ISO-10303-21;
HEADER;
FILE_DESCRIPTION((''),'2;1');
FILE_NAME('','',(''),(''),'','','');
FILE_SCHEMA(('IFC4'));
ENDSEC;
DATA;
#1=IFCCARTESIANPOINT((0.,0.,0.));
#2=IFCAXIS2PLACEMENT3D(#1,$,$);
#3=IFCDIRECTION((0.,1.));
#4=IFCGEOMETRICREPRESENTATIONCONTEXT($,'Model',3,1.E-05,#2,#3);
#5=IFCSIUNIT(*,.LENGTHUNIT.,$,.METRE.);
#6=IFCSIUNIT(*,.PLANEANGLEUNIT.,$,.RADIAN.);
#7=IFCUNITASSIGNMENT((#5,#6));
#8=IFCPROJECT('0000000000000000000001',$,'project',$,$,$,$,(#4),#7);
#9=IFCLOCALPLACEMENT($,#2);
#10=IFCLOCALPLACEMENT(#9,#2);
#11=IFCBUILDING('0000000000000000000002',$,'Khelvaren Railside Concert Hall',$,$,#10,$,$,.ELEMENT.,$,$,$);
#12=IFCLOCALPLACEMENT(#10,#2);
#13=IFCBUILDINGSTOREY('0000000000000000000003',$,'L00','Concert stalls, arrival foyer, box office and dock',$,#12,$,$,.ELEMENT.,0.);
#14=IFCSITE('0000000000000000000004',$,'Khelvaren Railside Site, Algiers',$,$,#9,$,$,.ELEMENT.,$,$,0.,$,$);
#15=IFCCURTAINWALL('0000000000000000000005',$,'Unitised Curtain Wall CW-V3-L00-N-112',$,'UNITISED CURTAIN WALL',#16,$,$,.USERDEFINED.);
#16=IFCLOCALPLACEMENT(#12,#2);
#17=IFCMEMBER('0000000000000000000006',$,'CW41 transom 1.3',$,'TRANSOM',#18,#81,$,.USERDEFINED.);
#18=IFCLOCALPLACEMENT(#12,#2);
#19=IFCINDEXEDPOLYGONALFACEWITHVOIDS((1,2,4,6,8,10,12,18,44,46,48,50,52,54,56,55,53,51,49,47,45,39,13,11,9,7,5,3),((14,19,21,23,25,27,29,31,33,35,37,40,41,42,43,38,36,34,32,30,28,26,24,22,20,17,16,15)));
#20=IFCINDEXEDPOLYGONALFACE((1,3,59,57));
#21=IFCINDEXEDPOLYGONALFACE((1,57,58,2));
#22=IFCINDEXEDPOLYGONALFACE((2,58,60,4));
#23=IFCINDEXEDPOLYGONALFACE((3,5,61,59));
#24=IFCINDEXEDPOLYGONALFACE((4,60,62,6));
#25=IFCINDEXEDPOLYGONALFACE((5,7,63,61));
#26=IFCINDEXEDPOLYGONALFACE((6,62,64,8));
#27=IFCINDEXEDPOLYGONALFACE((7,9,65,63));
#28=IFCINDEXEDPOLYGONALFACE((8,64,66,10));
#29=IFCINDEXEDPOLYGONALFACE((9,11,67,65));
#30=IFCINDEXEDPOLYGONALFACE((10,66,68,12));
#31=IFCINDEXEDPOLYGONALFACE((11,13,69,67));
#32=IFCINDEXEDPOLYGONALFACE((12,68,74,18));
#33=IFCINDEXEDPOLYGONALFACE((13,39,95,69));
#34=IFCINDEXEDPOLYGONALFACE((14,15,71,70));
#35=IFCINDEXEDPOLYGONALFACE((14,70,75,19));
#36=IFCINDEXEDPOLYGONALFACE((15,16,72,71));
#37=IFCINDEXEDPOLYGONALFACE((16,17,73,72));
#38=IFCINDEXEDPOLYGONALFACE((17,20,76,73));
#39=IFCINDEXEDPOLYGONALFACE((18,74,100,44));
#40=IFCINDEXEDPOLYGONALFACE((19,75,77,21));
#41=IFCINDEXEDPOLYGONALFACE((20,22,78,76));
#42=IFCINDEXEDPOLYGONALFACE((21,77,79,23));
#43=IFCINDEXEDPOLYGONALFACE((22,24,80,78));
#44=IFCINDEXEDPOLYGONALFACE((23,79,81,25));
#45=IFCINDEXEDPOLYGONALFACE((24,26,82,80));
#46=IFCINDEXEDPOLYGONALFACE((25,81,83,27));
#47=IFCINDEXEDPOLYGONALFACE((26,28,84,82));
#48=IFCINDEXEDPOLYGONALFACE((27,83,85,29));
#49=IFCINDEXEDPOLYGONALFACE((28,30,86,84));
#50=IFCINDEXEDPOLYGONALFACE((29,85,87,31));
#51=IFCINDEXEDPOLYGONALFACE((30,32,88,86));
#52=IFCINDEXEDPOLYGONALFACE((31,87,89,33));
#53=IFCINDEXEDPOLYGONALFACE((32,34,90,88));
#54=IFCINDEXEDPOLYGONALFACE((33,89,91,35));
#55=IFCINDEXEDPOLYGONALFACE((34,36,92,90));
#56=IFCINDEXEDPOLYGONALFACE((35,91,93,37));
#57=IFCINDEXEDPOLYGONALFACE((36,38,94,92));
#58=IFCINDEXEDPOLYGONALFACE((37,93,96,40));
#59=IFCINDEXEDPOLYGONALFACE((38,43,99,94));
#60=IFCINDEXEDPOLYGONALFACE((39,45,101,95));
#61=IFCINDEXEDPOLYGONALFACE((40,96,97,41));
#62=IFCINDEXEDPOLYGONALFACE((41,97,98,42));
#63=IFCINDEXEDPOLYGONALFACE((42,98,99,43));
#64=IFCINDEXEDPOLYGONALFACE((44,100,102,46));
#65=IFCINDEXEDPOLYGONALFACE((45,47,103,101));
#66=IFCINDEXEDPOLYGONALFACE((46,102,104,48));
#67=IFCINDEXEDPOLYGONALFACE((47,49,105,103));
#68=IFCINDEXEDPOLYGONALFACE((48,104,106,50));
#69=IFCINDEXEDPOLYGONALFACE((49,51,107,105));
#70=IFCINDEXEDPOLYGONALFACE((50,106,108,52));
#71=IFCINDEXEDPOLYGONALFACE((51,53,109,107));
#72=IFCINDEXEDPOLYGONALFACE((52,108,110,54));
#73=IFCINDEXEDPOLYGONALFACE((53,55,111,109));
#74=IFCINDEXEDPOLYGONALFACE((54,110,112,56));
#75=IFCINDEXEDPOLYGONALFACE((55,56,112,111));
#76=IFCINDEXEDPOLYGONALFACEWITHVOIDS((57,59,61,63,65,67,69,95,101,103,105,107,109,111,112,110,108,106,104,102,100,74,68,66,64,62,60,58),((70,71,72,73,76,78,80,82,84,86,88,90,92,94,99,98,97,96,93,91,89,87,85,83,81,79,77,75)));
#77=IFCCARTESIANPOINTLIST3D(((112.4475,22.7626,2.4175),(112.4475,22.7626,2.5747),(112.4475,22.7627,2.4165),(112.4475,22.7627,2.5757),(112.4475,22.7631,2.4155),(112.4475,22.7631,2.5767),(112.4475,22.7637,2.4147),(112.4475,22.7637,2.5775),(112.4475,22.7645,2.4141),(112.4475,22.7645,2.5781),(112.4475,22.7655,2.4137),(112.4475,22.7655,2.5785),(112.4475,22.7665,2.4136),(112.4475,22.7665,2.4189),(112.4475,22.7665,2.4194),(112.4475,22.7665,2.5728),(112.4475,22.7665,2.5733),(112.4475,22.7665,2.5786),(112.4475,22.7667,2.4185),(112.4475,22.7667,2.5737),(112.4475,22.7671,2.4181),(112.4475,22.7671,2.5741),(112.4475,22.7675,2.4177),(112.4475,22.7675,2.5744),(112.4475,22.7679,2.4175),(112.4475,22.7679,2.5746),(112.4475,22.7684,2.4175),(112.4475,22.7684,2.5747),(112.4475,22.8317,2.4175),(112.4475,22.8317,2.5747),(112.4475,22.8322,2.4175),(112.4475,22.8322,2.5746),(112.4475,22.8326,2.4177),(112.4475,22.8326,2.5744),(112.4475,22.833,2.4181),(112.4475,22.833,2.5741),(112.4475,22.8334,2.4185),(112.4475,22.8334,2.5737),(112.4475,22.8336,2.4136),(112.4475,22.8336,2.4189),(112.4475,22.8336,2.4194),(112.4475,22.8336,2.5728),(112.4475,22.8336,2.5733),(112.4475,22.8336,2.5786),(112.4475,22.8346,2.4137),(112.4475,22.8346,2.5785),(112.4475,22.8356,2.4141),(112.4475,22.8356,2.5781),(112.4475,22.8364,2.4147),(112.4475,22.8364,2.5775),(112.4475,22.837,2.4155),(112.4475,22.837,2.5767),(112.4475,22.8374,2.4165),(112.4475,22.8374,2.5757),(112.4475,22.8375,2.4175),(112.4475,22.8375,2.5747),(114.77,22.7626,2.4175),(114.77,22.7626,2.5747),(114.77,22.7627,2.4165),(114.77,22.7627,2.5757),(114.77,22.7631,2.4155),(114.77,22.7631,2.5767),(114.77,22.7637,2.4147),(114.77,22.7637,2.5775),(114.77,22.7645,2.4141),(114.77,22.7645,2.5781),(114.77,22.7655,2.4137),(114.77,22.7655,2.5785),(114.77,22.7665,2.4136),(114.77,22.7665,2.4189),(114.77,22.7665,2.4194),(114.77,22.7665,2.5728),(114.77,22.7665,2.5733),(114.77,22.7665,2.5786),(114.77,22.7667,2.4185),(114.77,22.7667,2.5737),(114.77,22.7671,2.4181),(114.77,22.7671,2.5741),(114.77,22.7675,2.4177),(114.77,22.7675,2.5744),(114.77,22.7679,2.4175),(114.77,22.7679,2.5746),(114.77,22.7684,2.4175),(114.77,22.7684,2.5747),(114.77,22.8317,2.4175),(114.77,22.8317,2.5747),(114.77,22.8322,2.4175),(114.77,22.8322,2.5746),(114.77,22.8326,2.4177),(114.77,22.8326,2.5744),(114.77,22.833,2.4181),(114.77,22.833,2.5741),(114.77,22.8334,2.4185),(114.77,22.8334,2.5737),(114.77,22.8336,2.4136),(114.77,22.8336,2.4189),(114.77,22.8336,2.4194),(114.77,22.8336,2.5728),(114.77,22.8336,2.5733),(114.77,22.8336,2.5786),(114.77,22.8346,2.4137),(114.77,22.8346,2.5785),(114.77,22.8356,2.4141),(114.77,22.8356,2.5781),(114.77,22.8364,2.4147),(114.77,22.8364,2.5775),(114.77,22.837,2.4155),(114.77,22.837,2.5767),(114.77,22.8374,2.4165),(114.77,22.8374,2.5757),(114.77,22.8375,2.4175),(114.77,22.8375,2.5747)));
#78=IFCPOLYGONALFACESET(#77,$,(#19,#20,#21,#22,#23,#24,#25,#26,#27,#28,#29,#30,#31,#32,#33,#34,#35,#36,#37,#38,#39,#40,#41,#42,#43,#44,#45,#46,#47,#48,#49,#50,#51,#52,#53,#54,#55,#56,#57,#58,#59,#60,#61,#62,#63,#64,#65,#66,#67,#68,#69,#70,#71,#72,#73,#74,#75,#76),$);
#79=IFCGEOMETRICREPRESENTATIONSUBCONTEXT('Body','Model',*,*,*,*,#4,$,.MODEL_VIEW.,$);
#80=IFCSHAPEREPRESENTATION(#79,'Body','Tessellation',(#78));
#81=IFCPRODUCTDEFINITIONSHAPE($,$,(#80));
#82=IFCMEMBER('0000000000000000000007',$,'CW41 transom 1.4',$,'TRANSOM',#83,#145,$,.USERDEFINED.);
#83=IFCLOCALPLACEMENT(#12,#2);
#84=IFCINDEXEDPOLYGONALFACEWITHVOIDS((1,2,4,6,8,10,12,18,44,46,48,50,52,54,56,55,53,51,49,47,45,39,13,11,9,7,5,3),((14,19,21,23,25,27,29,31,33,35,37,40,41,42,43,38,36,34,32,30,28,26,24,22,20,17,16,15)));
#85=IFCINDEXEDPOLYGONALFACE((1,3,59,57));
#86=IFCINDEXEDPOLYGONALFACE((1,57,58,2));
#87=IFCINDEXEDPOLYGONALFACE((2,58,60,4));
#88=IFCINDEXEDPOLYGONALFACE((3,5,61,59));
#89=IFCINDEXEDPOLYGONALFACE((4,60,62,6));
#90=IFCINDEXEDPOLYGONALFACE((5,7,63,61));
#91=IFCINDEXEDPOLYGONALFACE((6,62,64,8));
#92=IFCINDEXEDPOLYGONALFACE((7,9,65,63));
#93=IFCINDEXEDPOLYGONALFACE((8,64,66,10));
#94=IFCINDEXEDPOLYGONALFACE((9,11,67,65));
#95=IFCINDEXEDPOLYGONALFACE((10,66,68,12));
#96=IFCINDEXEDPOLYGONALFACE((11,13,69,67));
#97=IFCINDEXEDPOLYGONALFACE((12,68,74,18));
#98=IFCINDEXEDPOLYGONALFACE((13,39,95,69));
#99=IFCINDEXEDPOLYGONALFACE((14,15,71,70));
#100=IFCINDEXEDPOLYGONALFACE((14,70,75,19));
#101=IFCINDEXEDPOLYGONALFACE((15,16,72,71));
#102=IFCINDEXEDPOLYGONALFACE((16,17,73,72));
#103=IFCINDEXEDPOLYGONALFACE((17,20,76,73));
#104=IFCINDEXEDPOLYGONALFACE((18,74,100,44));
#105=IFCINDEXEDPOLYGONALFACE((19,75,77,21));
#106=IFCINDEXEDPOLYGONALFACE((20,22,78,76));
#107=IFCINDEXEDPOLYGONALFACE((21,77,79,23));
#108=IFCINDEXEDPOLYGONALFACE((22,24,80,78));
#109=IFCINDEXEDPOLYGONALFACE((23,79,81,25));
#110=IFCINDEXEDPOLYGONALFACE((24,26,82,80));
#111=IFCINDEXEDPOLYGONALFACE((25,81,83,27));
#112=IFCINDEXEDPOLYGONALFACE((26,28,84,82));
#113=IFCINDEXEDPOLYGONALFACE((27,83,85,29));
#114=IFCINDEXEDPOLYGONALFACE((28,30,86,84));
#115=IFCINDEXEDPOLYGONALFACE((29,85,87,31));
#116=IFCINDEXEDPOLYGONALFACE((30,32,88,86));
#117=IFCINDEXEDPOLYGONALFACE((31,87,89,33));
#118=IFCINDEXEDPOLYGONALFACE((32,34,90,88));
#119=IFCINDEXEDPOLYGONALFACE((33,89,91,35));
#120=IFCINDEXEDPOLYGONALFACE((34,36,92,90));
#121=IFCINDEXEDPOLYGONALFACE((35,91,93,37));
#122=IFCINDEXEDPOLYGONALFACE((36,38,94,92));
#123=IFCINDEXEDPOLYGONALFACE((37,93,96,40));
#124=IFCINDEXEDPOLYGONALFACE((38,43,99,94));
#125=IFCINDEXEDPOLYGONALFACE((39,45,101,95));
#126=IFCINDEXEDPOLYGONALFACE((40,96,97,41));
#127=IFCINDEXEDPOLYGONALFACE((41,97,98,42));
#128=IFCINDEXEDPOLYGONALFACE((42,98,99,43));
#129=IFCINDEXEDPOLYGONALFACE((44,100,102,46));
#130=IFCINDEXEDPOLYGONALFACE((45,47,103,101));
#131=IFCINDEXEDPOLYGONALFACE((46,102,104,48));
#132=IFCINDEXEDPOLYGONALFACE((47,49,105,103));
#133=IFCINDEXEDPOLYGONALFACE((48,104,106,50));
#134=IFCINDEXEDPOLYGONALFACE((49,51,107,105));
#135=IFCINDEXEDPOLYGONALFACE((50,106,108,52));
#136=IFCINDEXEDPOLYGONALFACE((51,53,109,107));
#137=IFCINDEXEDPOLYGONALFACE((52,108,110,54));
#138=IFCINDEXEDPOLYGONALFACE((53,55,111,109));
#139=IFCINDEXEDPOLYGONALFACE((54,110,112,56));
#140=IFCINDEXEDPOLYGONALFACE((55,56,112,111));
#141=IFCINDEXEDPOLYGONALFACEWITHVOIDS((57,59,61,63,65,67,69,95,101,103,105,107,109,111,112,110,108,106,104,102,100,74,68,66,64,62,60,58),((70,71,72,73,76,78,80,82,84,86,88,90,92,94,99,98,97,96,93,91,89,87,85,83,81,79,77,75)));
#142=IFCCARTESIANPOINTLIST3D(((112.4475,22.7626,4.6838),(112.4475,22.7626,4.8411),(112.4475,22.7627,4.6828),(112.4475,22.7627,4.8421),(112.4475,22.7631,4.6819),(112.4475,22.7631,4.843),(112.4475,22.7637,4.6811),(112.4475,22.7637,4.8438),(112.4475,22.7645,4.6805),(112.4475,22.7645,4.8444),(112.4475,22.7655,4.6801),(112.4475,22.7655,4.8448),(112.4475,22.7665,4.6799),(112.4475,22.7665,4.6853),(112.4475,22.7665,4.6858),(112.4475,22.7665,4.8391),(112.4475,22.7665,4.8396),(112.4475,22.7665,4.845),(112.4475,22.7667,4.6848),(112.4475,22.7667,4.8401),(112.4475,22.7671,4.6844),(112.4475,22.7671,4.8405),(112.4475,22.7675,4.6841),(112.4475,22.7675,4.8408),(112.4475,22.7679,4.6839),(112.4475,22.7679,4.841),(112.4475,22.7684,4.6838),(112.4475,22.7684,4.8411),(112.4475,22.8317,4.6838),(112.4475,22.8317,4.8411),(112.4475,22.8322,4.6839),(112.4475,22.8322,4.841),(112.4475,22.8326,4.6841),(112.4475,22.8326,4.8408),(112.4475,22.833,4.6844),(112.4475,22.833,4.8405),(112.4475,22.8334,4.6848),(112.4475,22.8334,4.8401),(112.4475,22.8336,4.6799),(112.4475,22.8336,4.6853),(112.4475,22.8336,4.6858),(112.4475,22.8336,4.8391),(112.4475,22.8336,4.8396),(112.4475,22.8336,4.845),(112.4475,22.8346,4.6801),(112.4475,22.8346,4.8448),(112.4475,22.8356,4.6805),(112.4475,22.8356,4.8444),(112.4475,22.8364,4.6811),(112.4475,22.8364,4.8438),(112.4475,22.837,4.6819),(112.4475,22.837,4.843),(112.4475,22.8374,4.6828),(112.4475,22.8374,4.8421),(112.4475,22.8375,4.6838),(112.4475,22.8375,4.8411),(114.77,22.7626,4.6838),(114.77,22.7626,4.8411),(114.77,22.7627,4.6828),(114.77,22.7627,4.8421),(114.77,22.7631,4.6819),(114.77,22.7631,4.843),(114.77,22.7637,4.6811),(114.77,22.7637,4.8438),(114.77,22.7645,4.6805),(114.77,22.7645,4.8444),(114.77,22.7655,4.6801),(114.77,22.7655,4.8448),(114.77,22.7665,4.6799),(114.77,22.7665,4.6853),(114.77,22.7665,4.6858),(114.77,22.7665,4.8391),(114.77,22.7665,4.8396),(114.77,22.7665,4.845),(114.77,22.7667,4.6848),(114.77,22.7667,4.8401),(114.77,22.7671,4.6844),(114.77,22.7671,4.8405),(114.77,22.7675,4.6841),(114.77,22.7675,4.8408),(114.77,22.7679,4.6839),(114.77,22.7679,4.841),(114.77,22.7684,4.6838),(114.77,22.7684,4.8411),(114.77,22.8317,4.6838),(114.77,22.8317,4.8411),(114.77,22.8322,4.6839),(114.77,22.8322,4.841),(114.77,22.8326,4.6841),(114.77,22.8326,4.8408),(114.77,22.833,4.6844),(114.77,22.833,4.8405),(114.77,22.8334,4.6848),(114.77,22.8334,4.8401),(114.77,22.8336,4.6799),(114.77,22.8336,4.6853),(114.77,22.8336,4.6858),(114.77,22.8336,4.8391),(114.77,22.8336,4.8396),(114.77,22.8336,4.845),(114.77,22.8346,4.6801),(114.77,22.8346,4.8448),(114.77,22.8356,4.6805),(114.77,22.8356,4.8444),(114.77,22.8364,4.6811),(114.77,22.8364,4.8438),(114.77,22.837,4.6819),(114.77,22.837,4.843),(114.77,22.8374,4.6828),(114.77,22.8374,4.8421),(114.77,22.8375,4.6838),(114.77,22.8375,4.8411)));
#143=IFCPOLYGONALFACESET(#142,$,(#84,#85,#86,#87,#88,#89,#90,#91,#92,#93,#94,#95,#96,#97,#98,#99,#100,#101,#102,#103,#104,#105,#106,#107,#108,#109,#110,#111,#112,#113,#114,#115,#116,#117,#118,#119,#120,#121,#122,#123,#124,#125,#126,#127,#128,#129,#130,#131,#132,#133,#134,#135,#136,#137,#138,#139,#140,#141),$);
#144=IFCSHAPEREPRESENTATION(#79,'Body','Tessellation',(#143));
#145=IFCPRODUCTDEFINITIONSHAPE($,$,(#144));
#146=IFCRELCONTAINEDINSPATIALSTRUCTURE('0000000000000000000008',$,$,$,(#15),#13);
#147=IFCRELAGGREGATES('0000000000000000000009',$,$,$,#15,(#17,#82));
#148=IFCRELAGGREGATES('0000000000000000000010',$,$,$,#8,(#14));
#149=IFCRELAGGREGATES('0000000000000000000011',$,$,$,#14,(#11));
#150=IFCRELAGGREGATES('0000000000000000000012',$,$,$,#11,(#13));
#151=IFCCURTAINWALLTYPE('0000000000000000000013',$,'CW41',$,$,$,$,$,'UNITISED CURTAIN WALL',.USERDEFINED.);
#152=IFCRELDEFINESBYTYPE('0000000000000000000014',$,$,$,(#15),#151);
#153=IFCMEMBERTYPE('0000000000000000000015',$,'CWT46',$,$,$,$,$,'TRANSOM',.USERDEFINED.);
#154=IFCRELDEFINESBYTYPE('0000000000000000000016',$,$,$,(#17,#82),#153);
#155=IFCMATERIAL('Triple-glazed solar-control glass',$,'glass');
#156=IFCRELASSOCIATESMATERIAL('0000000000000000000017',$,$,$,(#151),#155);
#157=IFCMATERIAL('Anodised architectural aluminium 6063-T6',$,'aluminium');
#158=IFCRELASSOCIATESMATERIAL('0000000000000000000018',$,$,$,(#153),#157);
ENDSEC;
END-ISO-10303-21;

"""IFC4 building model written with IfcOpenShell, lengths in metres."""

from ifc_helpers import new_model, si_unit, direction, frame, origin, origin_2d, place, context, subcontext, project, spatial, hollow_rectangle, extrude, material, material_profile, profile_set, type_object, element, aggregate, save


model = new_model("IFC4")

# Units and contexts
model_context = context("Model", 3, precision=1e-05, world=origin(), true_north=direction((0.0, 1.0)))
body_context = subcontext(model_context, "Body", "Model", "MODEL_VIEW")
ifc_project = project(units=[si_unit("LENGTHUNIT", "METRE"), si_unit("PLANEANGLEUNIT", "RADIAN")], contexts=[model_context])

# Site, building, storey
site_placement = place(None, origin())
site = spatial("IfcSite", under=ifc_project, at=site_placement, Name="Khelvaren Railside Site, Algiers", CompositionType="ELEMENT", RefElevation=0.0)
building_placement = place(site_placement, origin())
building = spatial("IfcBuilding", under=site, at=building_placement, Name="Khelvaren Railside Concert Hall", CompositionType="ELEMENT")
storey_placement = place(building_placement, origin())
storey = spatial("IfcBuildingStorey", under=building, at=storey_placement, Name="L00", Description="Concert stalls, arrival foyer, box office and dock", CompositionType="ELEMENT", Elevation=0.0)

# Curtain wall, members
ifc_material_1 = material(Name="Triple-glazed solar-control glass", Category="glass")
curtain_wall_type = type_object("IfcCurtainWallType", Name="CW41", ElementType="UNITISED CURTAIN WALL", PredefinedType="USERDEFINED", material=ifc_material_1)
curtain_wall_placement = place(storey_placement, origin())
curtain_wall = element("IfcCurtainWall", 1, at=curtain_wall_placement, inside=storey, type_object=curtain_wall_type, Name="Unitised Curtain Wall CW-V3-L00-N-112", ObjectType="UNITISED CURTAIN WALL", PredefinedType="USERDEFINED")
ifc_material_2 = material(Name="Anodised architectural aluminium 6063-T6", Category="aluminium")
ifc_material_profile_1 = material_profile(ifc_material_2, hollow_rectangle(XDim=0.075, YDim=0.165, WallThickness=0.0039, InnerFilletRadius=0.002, OuterFilletRadius=0.0039, at=origin_2d()), Name="CWT 75x165x4")
ifc_profile_set_1 = profile_set([ifc_material_profile_1], Name="Anodised architectural aluminium 6063-T6")
member_type_1 = type_object("IfcMemberType", Name="CWT46", ElementType="TRANSOM", PredefinedType="USERDEFINED", material=ifc_profile_set_1)
member_1_placement = place(storey_placement, frame((112.4475, 22.8, 2.4961), z_axis=(1.0, 0.0, 0.0), x_axis=(0.0, 1.0, 0.0)))
member_1 = element("IfcMember", 2, at=member_1_placement, type_object=member_type_1, Name="CW41 transom 1.3", ObjectType="TRANSOM", PredefinedType="USERDEFINED", context=body_context, shape_type="SweptSolid", body=[
    extrude(hollow_rectangle(XDim=0.075, YDim=0.165, WallThickness=0.0039, InnerFilletRadius=0.002, OuterFilletRadius=0.0039, at=origin_2d()), origin(), (0.0, 0.0, 1.0), 2.3225),
])
member_2_placement = place(storey_placement, frame((112.4475, 22.8, 4.7625), z_axis=(1.0, 0.0, 0.0), x_axis=(0.0, 1.0, 0.0)))
member_2 = element("IfcMember", 3, at=member_2_placement, type_object=member_type_1, Name="CW41 transom 1.4", ObjectType="TRANSOM", PredefinedType="USERDEFINED", context=body_context, shape_type="SweptSolid", body=[
    extrude(hollow_rectangle(XDim=0.075, YDim=0.165, WallThickness=0.0039, InnerFilletRadius=0.002, OuterFilletRadius=0.0039, at=origin_2d()), origin(), (0.0, 0.0, 1.0), 2.3225),
])

aggregate(curtain_wall, [member_1, member_2])

save(model, "model.ifc")
